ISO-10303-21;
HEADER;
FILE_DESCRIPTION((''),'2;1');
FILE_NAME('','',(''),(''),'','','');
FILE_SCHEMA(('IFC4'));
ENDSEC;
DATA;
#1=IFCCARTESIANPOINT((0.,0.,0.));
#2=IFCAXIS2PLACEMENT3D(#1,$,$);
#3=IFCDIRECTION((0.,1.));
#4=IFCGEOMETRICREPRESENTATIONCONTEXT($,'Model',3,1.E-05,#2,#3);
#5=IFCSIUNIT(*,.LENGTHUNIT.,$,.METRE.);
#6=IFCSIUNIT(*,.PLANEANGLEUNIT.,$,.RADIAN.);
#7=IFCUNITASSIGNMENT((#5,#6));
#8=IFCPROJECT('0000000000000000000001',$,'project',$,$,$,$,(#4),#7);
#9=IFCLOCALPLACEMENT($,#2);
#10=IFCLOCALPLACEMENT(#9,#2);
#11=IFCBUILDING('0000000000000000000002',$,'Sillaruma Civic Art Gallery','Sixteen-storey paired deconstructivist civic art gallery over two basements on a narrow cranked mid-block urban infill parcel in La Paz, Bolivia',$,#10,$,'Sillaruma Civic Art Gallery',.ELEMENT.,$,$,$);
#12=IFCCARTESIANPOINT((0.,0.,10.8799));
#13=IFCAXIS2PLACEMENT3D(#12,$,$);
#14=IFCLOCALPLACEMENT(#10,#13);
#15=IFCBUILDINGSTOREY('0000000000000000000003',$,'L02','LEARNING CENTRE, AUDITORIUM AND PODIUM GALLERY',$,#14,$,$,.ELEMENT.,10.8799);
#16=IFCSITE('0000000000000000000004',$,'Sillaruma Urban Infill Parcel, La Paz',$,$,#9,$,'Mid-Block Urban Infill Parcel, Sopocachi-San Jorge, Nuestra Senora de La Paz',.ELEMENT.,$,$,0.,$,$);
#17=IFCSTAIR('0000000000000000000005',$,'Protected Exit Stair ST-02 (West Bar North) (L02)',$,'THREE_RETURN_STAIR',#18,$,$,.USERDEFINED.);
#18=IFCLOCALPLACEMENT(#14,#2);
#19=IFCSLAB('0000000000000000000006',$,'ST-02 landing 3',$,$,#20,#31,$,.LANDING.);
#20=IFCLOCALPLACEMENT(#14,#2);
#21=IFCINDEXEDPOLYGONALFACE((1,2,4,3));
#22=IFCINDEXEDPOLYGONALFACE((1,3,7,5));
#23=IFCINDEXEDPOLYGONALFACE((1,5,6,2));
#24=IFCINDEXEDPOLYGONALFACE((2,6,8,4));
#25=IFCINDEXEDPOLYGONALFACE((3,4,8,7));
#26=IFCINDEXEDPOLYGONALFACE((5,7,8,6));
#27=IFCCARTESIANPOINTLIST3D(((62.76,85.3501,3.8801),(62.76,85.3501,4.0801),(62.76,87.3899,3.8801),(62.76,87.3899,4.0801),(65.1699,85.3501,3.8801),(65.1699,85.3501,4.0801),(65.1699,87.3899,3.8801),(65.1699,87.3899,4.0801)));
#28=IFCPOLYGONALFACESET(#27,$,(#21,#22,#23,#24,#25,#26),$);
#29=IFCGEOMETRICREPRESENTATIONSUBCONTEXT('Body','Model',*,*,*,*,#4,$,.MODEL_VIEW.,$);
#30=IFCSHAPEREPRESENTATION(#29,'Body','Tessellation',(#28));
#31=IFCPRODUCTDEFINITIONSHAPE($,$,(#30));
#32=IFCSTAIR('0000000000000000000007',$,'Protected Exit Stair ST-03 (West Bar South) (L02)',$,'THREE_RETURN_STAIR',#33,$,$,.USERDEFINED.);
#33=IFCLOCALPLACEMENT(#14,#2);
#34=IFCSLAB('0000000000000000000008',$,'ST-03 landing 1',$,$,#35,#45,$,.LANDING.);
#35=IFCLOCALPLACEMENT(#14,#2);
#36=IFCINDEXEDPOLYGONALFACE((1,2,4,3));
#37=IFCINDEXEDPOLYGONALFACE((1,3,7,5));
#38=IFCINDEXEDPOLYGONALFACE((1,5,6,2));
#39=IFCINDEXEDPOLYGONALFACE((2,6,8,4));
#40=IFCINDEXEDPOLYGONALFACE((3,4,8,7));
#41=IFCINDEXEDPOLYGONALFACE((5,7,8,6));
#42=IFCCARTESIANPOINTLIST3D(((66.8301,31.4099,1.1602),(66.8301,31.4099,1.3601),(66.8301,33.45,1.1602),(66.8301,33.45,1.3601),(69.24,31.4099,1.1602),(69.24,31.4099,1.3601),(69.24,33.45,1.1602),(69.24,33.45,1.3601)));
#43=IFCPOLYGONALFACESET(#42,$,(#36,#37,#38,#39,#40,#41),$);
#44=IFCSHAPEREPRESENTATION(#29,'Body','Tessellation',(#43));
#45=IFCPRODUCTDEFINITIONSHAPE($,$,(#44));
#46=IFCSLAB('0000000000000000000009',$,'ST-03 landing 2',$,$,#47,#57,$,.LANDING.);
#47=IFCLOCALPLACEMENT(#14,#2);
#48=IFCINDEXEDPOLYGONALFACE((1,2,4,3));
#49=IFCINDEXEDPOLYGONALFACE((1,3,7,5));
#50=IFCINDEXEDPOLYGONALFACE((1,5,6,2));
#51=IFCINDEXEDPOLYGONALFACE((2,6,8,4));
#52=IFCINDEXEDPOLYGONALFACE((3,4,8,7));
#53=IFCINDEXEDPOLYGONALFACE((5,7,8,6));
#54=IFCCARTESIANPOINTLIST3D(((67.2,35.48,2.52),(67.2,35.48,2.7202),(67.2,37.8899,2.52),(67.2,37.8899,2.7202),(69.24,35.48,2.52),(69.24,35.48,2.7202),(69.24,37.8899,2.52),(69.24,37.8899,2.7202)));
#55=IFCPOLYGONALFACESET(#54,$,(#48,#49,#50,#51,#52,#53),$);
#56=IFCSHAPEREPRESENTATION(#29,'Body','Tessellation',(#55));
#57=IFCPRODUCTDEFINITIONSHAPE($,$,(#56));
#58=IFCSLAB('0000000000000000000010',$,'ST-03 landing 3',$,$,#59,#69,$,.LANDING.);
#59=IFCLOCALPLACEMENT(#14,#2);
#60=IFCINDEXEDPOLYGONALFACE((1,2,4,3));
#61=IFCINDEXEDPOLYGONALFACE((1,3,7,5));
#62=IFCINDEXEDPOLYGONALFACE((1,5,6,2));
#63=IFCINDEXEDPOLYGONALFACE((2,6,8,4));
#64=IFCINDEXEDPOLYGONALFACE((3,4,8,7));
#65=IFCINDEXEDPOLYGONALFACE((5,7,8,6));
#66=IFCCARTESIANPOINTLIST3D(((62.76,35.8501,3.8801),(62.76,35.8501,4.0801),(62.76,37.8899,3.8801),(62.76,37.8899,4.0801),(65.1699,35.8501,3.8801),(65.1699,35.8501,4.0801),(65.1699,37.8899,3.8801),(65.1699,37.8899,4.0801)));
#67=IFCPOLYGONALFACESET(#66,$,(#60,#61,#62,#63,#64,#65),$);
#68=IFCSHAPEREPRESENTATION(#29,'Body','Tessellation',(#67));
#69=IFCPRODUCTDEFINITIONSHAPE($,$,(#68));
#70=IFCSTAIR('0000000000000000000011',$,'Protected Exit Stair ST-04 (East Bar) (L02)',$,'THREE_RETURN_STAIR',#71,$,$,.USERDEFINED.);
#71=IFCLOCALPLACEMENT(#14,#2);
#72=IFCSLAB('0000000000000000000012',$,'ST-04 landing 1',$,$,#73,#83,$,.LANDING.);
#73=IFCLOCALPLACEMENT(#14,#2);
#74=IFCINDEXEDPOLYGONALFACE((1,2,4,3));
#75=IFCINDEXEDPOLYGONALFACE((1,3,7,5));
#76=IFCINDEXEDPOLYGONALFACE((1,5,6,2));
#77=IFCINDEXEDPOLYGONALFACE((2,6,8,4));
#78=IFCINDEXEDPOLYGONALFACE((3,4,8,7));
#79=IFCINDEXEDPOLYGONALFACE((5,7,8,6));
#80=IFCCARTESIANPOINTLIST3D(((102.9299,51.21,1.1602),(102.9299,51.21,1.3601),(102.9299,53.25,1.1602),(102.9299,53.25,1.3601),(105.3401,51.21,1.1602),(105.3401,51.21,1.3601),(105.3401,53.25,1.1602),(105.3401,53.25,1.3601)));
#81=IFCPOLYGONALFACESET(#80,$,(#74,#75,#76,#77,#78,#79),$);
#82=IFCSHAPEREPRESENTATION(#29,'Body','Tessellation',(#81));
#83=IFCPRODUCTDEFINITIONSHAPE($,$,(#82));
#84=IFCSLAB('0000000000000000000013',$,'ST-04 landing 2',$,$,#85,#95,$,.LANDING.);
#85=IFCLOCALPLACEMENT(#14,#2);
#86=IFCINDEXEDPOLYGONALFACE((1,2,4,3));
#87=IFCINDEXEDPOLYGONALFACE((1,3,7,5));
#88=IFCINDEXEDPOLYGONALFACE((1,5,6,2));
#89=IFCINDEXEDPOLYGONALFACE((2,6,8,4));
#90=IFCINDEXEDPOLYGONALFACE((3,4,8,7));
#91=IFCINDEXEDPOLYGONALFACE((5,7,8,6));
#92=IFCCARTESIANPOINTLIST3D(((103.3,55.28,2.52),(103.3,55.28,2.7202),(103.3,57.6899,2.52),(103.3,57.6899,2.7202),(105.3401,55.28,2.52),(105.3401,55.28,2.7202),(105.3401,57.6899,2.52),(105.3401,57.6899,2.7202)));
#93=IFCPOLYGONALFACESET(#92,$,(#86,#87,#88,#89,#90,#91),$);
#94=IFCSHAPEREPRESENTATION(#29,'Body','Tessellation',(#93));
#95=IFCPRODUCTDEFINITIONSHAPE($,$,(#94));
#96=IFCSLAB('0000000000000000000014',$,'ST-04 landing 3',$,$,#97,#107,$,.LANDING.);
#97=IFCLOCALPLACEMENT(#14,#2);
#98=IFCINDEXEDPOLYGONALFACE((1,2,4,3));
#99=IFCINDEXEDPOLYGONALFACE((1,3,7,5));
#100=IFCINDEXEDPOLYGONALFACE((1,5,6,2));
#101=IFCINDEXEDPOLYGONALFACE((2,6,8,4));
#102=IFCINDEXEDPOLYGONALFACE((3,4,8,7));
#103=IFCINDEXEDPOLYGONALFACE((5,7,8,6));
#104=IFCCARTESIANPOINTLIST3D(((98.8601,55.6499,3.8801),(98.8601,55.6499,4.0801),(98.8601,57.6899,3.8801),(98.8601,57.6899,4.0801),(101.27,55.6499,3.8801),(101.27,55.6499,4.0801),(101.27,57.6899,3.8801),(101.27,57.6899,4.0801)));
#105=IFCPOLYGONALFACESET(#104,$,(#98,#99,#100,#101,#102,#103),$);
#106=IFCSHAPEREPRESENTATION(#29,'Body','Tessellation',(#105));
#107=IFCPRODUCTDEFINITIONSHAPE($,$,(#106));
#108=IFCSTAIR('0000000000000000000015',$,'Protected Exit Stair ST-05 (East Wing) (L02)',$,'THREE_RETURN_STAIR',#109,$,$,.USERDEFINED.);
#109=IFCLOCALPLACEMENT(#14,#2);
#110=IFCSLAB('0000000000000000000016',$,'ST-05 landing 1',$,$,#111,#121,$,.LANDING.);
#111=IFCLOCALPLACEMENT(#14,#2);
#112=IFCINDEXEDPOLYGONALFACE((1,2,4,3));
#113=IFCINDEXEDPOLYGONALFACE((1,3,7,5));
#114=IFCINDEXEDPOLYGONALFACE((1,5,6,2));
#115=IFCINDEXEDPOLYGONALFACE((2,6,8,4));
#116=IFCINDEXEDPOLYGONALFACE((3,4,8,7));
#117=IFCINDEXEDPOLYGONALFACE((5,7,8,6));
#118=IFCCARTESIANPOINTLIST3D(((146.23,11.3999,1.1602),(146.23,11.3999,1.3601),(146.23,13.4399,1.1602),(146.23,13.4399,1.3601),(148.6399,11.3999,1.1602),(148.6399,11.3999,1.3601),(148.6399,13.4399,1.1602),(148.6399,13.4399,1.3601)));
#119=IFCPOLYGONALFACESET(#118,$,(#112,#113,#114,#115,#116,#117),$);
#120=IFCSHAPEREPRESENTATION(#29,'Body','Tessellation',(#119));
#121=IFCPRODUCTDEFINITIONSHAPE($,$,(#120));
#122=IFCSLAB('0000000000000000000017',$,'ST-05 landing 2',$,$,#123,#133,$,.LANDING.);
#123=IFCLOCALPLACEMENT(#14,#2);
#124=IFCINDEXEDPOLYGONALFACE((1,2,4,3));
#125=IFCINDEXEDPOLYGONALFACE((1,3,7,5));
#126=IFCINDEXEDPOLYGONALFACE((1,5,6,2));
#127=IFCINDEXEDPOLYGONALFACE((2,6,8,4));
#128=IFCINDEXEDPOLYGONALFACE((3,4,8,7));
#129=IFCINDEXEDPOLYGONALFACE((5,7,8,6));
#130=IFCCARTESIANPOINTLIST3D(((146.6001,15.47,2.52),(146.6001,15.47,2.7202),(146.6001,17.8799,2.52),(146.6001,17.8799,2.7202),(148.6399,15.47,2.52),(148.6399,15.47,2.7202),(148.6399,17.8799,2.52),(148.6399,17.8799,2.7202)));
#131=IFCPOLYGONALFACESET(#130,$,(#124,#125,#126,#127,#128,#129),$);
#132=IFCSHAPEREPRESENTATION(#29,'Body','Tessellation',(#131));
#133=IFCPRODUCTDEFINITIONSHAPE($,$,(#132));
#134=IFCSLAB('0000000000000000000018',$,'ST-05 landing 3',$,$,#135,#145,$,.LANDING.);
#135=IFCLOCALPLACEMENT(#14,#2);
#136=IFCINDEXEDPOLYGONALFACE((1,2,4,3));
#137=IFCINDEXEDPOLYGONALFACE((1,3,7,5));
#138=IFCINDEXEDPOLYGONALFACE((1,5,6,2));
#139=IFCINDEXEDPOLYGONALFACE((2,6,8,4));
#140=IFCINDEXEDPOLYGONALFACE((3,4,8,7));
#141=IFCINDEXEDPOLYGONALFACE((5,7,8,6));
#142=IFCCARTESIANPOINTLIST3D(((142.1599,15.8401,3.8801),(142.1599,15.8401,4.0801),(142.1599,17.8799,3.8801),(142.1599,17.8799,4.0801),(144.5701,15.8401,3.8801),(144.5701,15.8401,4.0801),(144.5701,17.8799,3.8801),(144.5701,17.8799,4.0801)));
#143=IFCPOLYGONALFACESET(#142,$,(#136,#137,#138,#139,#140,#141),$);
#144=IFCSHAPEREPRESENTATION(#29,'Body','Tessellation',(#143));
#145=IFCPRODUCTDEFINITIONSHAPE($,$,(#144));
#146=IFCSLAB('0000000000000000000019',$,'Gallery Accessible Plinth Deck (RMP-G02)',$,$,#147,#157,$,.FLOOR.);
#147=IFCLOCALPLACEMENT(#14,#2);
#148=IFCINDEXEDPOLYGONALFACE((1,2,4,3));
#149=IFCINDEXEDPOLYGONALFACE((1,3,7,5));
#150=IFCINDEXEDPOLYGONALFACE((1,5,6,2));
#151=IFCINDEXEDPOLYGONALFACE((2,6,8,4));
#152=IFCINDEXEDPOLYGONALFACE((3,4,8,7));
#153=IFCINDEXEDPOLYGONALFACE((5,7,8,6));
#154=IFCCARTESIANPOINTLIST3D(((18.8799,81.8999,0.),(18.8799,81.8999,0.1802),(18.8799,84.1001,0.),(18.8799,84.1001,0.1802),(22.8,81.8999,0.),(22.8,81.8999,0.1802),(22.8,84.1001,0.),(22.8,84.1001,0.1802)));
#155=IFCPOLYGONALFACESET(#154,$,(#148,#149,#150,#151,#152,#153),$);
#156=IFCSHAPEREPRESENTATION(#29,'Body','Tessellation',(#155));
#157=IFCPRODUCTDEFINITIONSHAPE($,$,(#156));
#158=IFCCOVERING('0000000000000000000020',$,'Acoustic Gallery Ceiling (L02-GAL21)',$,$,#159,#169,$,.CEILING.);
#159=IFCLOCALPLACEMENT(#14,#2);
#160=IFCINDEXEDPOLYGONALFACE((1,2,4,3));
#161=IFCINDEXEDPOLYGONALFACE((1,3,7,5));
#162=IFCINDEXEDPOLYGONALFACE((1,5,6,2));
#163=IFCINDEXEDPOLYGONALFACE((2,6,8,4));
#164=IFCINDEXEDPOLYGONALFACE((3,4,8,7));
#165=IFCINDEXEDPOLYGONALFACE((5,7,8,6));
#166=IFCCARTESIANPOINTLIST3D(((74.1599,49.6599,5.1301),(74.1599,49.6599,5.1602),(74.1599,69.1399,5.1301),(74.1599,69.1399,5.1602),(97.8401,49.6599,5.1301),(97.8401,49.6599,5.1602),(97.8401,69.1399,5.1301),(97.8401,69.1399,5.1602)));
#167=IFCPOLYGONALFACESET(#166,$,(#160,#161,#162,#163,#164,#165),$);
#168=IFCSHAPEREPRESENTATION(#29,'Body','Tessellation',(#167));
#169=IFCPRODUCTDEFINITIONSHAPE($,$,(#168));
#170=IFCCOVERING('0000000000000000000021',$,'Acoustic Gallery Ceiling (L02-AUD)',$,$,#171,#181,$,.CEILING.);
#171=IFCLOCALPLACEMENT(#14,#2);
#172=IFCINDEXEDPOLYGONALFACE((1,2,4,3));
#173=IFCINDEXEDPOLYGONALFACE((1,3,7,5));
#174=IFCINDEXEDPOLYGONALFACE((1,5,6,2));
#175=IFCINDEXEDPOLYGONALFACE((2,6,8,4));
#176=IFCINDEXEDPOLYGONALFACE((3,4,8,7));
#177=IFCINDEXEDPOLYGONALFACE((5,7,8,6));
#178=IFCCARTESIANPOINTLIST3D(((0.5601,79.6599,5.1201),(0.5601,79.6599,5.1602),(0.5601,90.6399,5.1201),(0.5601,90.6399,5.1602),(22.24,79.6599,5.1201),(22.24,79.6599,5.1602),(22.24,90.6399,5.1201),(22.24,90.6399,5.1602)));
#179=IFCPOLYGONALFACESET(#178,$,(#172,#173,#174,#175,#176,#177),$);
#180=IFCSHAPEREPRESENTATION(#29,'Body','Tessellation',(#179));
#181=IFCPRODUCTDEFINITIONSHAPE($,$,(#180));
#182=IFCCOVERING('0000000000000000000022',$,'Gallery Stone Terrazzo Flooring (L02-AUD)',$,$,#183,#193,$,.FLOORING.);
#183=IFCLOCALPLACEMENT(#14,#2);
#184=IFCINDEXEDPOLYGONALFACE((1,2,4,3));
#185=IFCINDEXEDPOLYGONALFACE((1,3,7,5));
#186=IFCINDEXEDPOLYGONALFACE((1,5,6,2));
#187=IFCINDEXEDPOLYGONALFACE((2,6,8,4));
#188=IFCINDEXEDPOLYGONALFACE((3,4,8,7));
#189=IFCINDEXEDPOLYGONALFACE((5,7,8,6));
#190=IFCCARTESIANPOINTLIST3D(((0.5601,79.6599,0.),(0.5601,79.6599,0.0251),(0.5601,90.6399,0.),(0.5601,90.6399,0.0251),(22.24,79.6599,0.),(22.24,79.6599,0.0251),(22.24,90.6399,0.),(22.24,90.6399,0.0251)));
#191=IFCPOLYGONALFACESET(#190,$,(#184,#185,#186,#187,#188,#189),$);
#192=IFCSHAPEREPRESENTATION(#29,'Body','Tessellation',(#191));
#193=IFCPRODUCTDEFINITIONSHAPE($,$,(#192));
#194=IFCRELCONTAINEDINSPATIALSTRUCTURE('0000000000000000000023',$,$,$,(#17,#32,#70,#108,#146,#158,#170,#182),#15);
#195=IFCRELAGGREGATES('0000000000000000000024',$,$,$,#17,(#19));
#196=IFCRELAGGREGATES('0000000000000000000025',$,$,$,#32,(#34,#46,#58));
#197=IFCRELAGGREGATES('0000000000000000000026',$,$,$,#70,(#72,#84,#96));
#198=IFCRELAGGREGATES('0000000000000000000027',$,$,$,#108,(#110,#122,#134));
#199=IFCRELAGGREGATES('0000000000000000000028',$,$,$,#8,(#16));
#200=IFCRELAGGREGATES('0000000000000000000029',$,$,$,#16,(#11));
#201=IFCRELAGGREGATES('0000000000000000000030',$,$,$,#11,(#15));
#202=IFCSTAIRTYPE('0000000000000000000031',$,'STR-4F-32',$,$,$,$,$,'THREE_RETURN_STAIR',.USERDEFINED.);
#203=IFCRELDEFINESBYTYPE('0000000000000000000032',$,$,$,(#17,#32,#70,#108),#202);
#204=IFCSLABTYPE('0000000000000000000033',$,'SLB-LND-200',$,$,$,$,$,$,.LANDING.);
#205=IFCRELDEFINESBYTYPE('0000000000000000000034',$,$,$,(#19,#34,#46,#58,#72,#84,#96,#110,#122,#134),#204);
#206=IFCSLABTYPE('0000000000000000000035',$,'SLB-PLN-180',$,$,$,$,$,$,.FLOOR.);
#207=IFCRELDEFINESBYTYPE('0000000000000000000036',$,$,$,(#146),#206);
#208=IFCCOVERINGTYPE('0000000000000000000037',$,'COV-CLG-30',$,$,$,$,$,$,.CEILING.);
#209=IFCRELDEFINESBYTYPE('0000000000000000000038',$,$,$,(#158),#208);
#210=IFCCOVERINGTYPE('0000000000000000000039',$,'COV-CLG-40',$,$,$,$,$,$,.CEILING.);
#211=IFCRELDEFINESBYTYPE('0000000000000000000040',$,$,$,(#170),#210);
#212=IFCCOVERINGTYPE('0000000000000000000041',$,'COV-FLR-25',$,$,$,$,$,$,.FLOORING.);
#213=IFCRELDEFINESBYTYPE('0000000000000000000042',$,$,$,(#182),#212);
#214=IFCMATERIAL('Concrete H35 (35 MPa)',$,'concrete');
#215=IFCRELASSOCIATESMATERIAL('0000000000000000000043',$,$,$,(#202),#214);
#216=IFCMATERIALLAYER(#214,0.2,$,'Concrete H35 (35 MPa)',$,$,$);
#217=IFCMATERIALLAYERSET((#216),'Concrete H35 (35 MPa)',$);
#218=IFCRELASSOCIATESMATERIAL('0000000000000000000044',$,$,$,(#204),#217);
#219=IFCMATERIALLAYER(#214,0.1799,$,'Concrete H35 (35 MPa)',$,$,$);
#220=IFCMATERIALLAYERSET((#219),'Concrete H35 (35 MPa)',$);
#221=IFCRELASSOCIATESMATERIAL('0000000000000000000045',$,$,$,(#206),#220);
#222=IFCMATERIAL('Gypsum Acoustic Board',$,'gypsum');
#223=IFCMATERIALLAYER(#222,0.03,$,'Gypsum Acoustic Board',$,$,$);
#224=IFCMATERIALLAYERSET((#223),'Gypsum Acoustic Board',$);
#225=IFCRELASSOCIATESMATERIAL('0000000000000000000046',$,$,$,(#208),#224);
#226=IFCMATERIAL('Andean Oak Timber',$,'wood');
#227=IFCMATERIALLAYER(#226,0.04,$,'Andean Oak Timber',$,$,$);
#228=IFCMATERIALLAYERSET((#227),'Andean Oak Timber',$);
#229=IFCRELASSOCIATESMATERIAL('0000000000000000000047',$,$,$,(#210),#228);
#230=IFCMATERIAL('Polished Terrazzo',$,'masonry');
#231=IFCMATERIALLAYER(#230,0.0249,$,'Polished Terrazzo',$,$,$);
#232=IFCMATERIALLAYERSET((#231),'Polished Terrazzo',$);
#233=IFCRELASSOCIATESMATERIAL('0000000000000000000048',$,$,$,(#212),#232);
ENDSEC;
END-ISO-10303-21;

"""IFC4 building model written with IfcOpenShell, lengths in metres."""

from ifc_helpers import new_model, si_unit, direction, frame, origin, place, context, subcontext, project, spatial, polyline, outline, extrude, material, layer, layer_set, type_object, element, aggregate, save


model = new_model("IFC4")

# Units and contexts
model_context = context("Model", 3, precision=1e-05, world=origin(), true_north=direction((0.0, 1.0)))
body_context = subcontext(model_context, "Body", "Model", "MODEL_VIEW")
ifc_project = project(units=[si_unit("LENGTHUNIT", "METRE"), si_unit("PLANEANGLEUNIT", "RADIAN")], contexts=[model_context])

# Site, building, storey
site_placement = place(None, origin())
site = spatial("IfcSite", under=ifc_project, at=site_placement, Name="Sillaruma Urban Infill Parcel, La Paz", LongName="Mid-Block Urban Infill Parcel, Sopocachi-San Jorge, Nuestra Senora de La Paz", CompositionType="ELEMENT", RefElevation=0.0)
building_placement = place(site_placement, origin())
building = spatial("IfcBuilding", under=site, at=building_placement, Name="Sillaruma Civic Art Gallery", Description="Sixteen-storey paired deconstructivist civic art gallery over two basements on a narrow cranked mid-block urban infill parcel in La Paz, Bolivia", LongName="Sillaruma Civic Art Gallery", CompositionType="ELEMENT")
storey_placement = place(building_placement, frame((0.0, 0.0, 10.8799)))
storey = spatial("IfcBuildingStorey", under=building, at=storey_placement, Name="L02", Description="LEARNING CENTRE, AUDITORIUM AND PODIUM GALLERY", CompositionType="ELEMENT", Elevation=10.8799)

# Shared definitions
ifc_material_1 = material(Name="Concrete H35 (35 MPa)", Category="concrete")

# Stairs, slabs
stair_type = type_object("IfcStairType", Name="STR-4F-32", ElementType="THREE_RETURN_STAIR", PredefinedType="USERDEFINED", material=ifc_material_1)
ifc_layer_1 = layer(ifc_material_1, 0.2, Name="Concrete H35 (35 MPa)")
ifc_layer_set_1 = layer_set([ifc_layer_1], Name="Concrete H35 (35 MPa)")
slab_type_1 = type_object("IfcSlabType", Name="SLB-LND-200", PredefinedType="LANDING", material=ifc_layer_set_1)
stair_1_placement = place(storey_placement, origin())
stair_1 = element("IfcStair", 1, at=stair_1_placement, inside=storey, type_object=stair_type, Name="Protected Exit Stair ST-02 (West Bar North) (L02)", ObjectType="THREE_RETURN_STAIR", PredefinedType="USERDEFINED")
slab_1_placement = place(storey_placement, frame((0.0, 0.0, 3.8801)))
slab_1 = element("IfcSlab", 2, at=slab_1_placement, type_object=slab_type_1, Name="ST-02 landing 3", PredefinedType="LANDING", context=body_context, shape_type="SweptSolid", body=[
    extrude(outline(polyline([(62.76, 85.3501), (65.1699, 85.3501), (65.1699, 87.3899), (62.76, 87.3899), (62.76, 85.3501)])), origin(), (0.0, 0.0, 1.0), 0.2),
])
aggregate(stair_1, [slab_1])
stair_2_placement = place(storey_placement, origin())
stair_2 = element("IfcStair", 3, at=stair_2_placement, inside=storey, type_object=stair_type, Name="Protected Exit Stair ST-03 (West Bar South) (L02)", ObjectType="THREE_RETURN_STAIR", PredefinedType="USERDEFINED")
slab_2_placement = place(storey_placement, frame((0.0, 0.0, 1.1602)))
slab_2 = element("IfcSlab", 4, at=slab_2_placement, type_object=slab_type_1, Name="ST-03 landing 1", PredefinedType="LANDING", context=body_context, shape_type="SweptSolid", body=[
    extrude(outline(polyline([(66.8301, 31.4099), (69.24, 31.4099), (69.24, 33.45), (66.8301, 33.45), (66.8301, 31.4099)])), origin(), (0.0, 0.0, 1.0), 0.2),
])
slab_3_placement = place(storey_placement, frame((0.0, 0.0, 2.52)))
slab_3 = element("IfcSlab", 5, at=slab_3_placement, type_object=slab_type_1, Name="ST-03 landing 2", PredefinedType="LANDING", context=body_context, shape_type="SweptSolid", body=[
    extrude(outline(polyline([(67.2, 35.48), (69.24, 35.48), (69.24, 37.8899), (67.2, 37.8899), (67.2, 35.48)])), origin(), (0.0, 0.0, 1.0), 0.2002),
])
slab_4_placement = place(storey_placement, frame((0.0, 0.0, 3.8801)))
slab_4 = element("IfcSlab", 6, at=slab_4_placement, type_object=slab_type_1, Name="ST-03 landing 3", PredefinedType="LANDING", context=body_context, shape_type="SweptSolid", body=[
    extrude(outline(polyline([(62.76, 35.8501), (65.1699, 35.8501), (65.1699, 37.8899), (62.76, 37.8899), (62.76, 35.8501)])), origin(), (0.0, 0.0, 1.0), 0.2),
])
aggregate(stair_2, [slab_2, slab_3, slab_4])
stair_3_placement = place(storey_placement, origin())
stair_3 = element("IfcStair", 7, at=stair_3_placement, inside=storey, type_object=stair_type, Name="Protected Exit Stair ST-04 (East Bar) (L02)", ObjectType="THREE_RETURN_STAIR", PredefinedType="USERDEFINED")
slab_5_placement = place(storey_placement, frame((0.0, 0.0, 1.1602)))
slab_5 = element("IfcSlab", 8, at=slab_5_placement, type_object=slab_type_1, Name="ST-04 landing 1", PredefinedType="LANDING", context=body_context, shape_type="SweptSolid", body=[
    extrude(outline(polyline([(102.9299, 51.21), (105.3401, 51.21), (105.3401, 53.25), (102.9299, 53.25), (102.9299, 51.21)])), origin(), (0.0, 0.0, 1.0), 0.2),
])
slab_6_placement = place(storey_placement, frame((0.0, 0.0, 2.52)))
slab_6 = element("IfcSlab", 9, at=slab_6_placement, type_object=slab_type_1, Name="ST-04 landing 2", PredefinedType="LANDING", context=body_context, shape_type="SweptSolid", body=[
    extrude(outline(polyline([(103.3, 55.28), (105.3401, 55.28), (105.3401, 57.6899), (103.3, 57.6899), (103.3, 55.28)])), origin(), (0.0, 0.0, 1.0), 0.2002),
])
slab_7_placement = place(storey_placement, frame((0.0, 0.0, 3.8801)))
slab_7 = element("IfcSlab", 10, at=slab_7_placement, type_object=slab_type_1, Name="ST-04 landing 3", PredefinedType="LANDING", context=body_context, shape_type="SweptSolid", body=[
    extrude(outline(polyline([(98.8601, 55.6499), (101.27, 55.6499), (101.27, 57.6899), (98.8601, 57.6899), (98.8601, 55.6499)])), origin(), (0.0, 0.0, 1.0), 0.2),
])
aggregate(stair_3, [slab_5, slab_6, slab_7])
stair_4_placement = place(storey_placement, origin())
stair_4 = element("IfcStair", 11, at=stair_4_placement, inside=storey, type_object=stair_type, Name="Protected Exit Stair ST-05 (East Wing) (L02)", ObjectType="THREE_RETURN_STAIR", PredefinedType="USERDEFINED")
slab_8_placement = place(storey_placement, frame((0.0, 0.0, 1.1602)))
slab_8 = element("IfcSlab", 12, at=slab_8_placement, type_object=slab_type_1, Name="ST-05 landing 1", PredefinedType="LANDING", context=body_context, shape_type="SweptSolid", body=[
    extrude(outline(polyline([(146.23, 11.3999), (148.6399, 11.3999), (148.6399, 13.4399), (146.23, 13.4399), (146.23, 11.3999)])), origin(), (0.0, 0.0, 1.0), 0.2),
])
slab_9_placement = place(storey_placement, frame((0.0, 0.0, 2.52)))
slab_9 = element("IfcSlab", 13, at=slab_9_placement, type_object=slab_type_1, Name="ST-05 landing 2", PredefinedType="LANDING", context=body_context, shape_type="SweptSolid", body=[
    extrude(outline(polyline([(146.6001, 15.47), (148.6399, 15.47), (148.6399, 17.8799), (146.6001, 17.8799), (146.6001, 15.47)])), origin(), (0.0, 0.0, 1.0), 0.2002),
])
slab_10_placement = place(storey_placement, frame((0.0, 0.0, 3.8801)))
slab_10 = element("IfcSlab", 14, at=slab_10_placement, type_object=slab_type_1, Name="ST-05 landing 3", PredefinedType="LANDING", context=body_context, shape_type="SweptSolid", body=[
    extrude(outline(polyline([(142.1599, 15.8401), (144.5701, 15.8401), (144.5701, 17.8799), (142.1599, 17.8799), (142.1599, 15.8401)])), origin(), (0.0, 0.0, 1.0), 0.2),
])
aggregate(stair_4, [slab_8, slab_9, slab_10])

# Slab
ifc_layer_2 = layer(ifc_material_1, 0.1799, Name="Concrete H35 (35 MPa)")
ifc_layer_set_2 = layer_set([ifc_layer_2], Name="Concrete H35 (35 MPa)")
slab_type_2 = type_object("IfcSlabType", Name="SLB-PLN-180", PredefinedType="FLOOR", material=ifc_layer_set_2)
slab_11_placement = place(storey_placement, origin())
element("IfcSlab", 15, at=slab_11_placement, inside=storey, type_object=slab_type_2, Name="Gallery Accessible Plinth Deck (RMP-G02)", PredefinedType="FLOOR", context=body_context, shape_type="SweptSolid", body=[
    extrude(outline(polyline([(18.8799, 81.8999), (22.8, 81.8999), (22.8, 84.1001), (18.8799, 84.1001), (18.8799, 81.8999)])), origin(), (0.0, 0.0, 1.0), 0.1802),
])

# Coverings
ifc_material_2 = material(Name="Gypsum Acoustic Board", Category="gypsum")
ifc_layer_3 = layer(ifc_material_2, 0.03, Name="Gypsum Acoustic Board")
ifc_layer_set_3 = layer_set([ifc_layer_3], Name="Gypsum Acoustic Board")
covering_type_1 = type_object("IfcCoveringType", Name="COV-CLG-30", PredefinedType="CEILING", material=ifc_layer_set_3)
covering_1_placement = place(storey_placement, frame((0.0, 0.0, 5.1301)))
element("IfcCovering", 16, at=covering_1_placement, inside=storey, type_object=covering_type_1, Name="Acoustic Gallery Ceiling (L02-GAL21)", PredefinedType="CEILING", context=body_context, shape_type="SweptSolid", body=[
    extrude(outline(polyline([(74.1599, 49.6599), (97.8401, 49.6599), (97.8401, 69.1399), (74.1599, 69.1399), (74.1599, 49.6599)])), origin(), (0.0, 0.0, 1.0), 0.03),
])
ifc_material_3 = material(Name="Andean Oak Timber", Category="wood")
ifc_layer_4 = layer(ifc_material_3, 0.04, Name="Andean Oak Timber")
ifc_layer_set_4 = layer_set([ifc_layer_4], Name="Andean Oak Timber")
covering_type_2 = type_object("IfcCoveringType", Name="COV-CLG-40", PredefinedType="CEILING", material=ifc_layer_set_4)
covering_2_placement = place(storey_placement, frame((0.0, 0.0, 5.1201)))
element("IfcCovering", 17, at=covering_2_placement, inside=storey, type_object=covering_type_2, Name="Acoustic Gallery Ceiling (L02-AUD)", PredefinedType="CEILING", context=body_context, shape_type="SweptSolid", body=[
    extrude(outline(polyline([(0.5601, 79.6599), (22.24, 79.6599), (22.24, 90.6399), (0.5601, 90.6399), (0.5601, 79.6599)])), origin(), (0.0, 0.0, 1.0), 0.04),
])
ifc_material_4 = material(Name="Polished Terrazzo", Category="masonry")
ifc_layer_5 = layer(ifc_material_4, 0.0249, Name="Polished Terrazzo")
ifc_layer_set_5 = layer_set([ifc_layer_5], Name="Polished Terrazzo")
covering_type_3 = type_object("IfcCoveringType", Name="COV-FLR-25", PredefinedType="FLOORING", material=ifc_layer_set_5)
covering_3_placement = place(storey_placement, origin())
element("IfcCovering", 18, at=covering_3_placement, inside=storey, type_object=covering_type_3, Name="Gallery Stone Terrazzo Flooring (L02-AUD)", PredefinedType="FLOORING", context=body_context, shape_type="SweptSolid", body=[
    extrude(outline(polyline([(0.5601, 79.6599), (22.24, 79.6599), (22.24, 90.6399), (0.5601, 90.6399), (0.5601, 79.6599)])), origin(), (0.0, 0.0, 1.0), 0.0251),
])

save(model, "model.ifc")
